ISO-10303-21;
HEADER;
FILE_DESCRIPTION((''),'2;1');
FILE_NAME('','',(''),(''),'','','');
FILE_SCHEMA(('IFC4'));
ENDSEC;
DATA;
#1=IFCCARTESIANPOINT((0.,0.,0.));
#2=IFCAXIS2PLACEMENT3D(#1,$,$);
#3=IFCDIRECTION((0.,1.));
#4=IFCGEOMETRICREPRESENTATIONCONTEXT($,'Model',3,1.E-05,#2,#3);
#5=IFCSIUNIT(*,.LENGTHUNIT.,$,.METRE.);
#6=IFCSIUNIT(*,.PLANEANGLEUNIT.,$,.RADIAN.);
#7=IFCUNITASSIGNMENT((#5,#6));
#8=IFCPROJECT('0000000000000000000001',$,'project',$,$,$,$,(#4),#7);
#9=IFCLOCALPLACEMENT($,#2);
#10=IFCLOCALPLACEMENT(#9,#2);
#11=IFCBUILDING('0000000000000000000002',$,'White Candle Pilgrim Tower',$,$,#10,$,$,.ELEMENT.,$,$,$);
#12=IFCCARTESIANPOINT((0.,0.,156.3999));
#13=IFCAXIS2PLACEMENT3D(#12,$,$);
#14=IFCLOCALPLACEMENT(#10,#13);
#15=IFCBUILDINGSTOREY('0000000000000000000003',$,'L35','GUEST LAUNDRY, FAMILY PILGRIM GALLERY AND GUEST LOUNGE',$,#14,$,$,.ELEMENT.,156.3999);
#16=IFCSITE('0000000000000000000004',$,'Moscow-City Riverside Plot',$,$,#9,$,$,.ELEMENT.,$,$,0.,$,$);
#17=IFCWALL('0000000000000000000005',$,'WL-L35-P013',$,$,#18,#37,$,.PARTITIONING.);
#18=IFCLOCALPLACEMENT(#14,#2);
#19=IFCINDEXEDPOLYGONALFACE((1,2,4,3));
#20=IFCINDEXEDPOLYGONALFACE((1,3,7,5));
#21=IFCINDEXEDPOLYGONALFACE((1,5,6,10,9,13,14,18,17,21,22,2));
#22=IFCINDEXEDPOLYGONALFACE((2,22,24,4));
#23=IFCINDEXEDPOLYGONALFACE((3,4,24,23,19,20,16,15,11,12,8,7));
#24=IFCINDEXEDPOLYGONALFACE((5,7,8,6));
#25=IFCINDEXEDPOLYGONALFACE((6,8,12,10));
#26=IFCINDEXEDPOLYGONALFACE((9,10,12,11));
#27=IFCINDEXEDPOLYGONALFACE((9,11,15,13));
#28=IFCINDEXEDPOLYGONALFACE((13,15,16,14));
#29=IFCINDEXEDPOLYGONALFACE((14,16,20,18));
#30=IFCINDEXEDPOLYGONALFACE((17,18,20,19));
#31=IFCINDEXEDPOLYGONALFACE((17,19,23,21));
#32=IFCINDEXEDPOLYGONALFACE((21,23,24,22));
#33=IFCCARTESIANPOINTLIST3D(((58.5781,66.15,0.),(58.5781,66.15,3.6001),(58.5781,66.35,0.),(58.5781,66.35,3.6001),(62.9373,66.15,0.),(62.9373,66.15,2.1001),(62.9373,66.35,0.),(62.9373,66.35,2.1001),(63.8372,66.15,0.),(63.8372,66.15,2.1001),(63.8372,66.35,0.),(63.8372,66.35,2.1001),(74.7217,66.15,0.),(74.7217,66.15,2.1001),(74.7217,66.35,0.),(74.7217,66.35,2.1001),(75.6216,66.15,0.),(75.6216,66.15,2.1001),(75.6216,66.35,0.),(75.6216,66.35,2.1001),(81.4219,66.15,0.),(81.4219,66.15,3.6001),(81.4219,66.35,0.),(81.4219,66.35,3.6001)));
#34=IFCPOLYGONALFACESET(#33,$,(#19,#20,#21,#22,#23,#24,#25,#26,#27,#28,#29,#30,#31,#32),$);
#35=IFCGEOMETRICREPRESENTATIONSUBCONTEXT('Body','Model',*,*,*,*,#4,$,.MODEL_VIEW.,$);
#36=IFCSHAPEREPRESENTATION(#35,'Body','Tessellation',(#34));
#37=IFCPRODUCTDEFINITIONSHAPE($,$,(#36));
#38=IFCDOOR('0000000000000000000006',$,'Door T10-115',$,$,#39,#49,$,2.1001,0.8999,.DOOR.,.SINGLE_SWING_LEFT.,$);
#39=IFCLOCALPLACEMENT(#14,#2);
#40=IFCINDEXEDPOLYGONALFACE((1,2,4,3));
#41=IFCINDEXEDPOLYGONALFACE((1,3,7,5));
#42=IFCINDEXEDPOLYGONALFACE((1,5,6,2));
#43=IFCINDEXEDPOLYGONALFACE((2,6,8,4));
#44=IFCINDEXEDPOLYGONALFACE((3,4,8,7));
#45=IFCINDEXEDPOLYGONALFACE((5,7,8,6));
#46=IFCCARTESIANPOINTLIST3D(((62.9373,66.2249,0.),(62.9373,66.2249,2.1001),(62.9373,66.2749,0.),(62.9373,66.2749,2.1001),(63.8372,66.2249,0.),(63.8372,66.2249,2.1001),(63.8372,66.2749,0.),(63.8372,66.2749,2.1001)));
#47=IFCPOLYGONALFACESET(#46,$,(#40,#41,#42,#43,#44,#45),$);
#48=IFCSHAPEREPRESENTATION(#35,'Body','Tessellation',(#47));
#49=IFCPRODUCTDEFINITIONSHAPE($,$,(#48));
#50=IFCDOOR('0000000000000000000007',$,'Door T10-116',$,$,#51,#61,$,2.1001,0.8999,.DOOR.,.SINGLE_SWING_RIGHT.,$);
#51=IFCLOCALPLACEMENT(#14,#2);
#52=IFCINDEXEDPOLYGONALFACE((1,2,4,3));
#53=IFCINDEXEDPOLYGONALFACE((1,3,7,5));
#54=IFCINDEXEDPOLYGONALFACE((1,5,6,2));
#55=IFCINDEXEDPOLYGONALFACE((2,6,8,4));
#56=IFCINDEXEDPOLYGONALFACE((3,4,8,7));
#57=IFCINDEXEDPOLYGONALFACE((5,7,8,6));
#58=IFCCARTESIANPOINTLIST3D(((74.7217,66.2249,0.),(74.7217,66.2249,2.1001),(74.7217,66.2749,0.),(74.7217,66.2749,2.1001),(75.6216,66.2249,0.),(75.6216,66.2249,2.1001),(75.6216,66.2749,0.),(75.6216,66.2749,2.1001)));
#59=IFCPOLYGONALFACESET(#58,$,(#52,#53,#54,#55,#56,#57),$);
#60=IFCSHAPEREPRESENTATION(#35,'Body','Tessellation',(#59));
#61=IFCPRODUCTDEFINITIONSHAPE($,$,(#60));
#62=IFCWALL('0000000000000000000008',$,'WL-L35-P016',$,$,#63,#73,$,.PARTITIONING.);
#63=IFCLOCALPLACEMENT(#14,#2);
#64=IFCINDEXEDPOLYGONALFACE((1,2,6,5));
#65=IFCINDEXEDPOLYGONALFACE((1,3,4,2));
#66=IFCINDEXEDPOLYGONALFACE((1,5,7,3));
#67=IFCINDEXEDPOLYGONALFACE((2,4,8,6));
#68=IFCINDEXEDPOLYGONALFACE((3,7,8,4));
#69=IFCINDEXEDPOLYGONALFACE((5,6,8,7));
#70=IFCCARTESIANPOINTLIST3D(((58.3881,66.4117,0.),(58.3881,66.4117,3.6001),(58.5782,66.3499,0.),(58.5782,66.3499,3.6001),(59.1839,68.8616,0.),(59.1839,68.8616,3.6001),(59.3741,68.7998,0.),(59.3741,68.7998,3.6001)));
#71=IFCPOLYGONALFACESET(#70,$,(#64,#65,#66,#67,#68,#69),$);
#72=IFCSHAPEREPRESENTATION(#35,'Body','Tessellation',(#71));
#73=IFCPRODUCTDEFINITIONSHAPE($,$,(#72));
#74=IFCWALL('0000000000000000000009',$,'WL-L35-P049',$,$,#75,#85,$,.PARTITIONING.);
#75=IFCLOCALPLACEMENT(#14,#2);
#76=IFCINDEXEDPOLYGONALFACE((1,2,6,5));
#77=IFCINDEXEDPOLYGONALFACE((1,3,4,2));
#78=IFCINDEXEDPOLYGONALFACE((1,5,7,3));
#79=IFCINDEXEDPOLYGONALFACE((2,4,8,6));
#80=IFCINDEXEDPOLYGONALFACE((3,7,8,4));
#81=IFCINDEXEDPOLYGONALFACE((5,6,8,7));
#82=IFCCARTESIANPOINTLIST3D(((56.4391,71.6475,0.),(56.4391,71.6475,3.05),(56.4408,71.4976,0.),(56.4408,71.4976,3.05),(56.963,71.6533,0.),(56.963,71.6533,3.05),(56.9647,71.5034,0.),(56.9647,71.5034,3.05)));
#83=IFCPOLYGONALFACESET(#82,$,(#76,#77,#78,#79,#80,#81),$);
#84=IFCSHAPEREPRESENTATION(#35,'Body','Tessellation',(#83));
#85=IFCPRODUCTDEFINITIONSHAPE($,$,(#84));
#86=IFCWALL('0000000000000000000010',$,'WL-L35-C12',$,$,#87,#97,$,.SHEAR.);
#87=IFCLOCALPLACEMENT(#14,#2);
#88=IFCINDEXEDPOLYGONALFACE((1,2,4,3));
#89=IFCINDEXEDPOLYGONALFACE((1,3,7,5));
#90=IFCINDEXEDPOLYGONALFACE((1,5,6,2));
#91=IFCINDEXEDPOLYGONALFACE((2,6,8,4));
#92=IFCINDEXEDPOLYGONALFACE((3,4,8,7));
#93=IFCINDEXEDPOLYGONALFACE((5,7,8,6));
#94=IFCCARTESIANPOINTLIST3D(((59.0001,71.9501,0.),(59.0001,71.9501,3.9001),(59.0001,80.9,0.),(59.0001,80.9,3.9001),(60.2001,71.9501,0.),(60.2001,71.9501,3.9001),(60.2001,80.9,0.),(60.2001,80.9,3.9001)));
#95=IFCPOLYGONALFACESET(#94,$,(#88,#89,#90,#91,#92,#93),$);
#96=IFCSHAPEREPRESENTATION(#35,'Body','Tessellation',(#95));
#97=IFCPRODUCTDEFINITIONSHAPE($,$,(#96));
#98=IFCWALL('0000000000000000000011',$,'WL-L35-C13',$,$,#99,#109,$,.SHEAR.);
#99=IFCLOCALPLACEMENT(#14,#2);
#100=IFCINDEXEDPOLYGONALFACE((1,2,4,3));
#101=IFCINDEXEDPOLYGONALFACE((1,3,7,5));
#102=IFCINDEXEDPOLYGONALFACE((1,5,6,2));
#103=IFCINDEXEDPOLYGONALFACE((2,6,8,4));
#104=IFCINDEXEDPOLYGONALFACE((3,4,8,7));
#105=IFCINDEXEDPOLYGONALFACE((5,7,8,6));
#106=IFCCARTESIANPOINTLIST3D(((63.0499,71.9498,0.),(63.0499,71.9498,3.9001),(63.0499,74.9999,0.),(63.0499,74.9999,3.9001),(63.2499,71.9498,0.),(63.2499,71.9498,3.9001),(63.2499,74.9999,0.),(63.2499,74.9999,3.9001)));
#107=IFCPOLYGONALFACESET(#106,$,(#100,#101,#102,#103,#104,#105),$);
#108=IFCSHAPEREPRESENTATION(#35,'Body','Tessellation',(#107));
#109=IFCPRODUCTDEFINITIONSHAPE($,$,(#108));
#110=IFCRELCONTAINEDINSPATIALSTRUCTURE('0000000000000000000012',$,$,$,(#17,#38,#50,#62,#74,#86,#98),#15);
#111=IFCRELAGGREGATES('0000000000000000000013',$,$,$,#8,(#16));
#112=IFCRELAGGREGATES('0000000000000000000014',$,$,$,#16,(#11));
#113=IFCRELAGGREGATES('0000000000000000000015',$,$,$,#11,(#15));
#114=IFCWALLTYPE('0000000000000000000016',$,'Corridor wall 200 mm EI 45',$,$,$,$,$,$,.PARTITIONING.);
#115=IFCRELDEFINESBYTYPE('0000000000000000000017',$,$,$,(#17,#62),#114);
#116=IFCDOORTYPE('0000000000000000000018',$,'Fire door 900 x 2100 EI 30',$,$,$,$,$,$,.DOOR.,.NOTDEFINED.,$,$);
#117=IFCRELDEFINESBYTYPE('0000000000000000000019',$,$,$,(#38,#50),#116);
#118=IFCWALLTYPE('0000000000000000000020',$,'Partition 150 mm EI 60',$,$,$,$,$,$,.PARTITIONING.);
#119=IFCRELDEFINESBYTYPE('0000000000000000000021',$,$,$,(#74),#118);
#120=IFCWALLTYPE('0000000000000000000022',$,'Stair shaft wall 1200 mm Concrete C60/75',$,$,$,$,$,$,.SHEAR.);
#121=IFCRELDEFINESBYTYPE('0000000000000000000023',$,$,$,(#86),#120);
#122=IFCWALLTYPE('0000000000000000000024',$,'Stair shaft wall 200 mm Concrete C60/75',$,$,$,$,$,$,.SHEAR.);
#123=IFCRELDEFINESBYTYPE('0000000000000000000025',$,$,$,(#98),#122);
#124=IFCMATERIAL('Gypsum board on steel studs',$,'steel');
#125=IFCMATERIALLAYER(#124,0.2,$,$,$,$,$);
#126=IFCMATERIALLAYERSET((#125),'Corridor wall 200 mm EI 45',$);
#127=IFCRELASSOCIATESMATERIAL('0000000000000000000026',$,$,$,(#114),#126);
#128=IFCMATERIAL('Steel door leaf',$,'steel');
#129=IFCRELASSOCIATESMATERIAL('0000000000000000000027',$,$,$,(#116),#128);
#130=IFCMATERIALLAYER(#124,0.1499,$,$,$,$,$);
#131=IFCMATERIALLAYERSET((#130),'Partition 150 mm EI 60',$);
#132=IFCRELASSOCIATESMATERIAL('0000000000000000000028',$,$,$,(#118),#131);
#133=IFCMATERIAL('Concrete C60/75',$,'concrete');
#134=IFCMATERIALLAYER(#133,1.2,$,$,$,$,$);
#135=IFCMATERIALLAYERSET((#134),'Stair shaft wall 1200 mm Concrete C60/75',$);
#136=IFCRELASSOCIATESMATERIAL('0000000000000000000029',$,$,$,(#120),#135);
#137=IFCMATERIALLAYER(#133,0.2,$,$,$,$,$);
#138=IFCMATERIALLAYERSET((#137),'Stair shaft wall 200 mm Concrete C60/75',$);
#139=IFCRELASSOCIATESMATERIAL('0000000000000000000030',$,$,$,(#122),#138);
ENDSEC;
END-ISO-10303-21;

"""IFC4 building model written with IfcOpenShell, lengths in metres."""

from ifc_helpers import new_model, si_unit, direction, frame, frame_2d, origin, place, context, subcontext, project, spatial, rectangle, extrude, material, layer, layer_set, type_object, element, fill, save


model = new_model("IFC4")

# Units and contexts
model_context = context("Model", 3, precision=1e-05, world=origin(), true_north=direction((0.0, 1.0)))
body_context = subcontext(model_context, "Body", "Model", "MODEL_VIEW")
ifc_project = project(units=[si_unit("LENGTHUNIT", "METRE"), si_unit("PLANEANGLEUNIT", "RADIAN")], contexts=[model_context])

# Site, building, storey
site_placement = place(None, origin())
site = spatial("IfcSite", under=ifc_project, at=site_placement, Name="Moscow-City Riverside Plot", CompositionType="ELEMENT", RefElevation=0.0)
building_placement = place(site_placement, origin())
building = spatial("IfcBuilding", under=site, at=building_placement, Name="White Candle Pilgrim Tower", CompositionType="ELEMENT")
storey_placement = place(building_placement, frame((0.0, 0.0, 156.3999)))
storey = spatial("IfcBuildingStorey", under=building, at=storey_placement, Name="L35", Description="GUEST LAUNDRY, FAMILY PILGRIM GALLERY AND GUEST LOUNGE", CompositionType="ELEMENT", Elevation=156.3999)

# Wall, openings, doors
ifc_material_1 = material(Name="Gypsum board on steel studs", Category="steel")
ifc_layer_1 = layer(ifc_material_1, 0.2)
ifc_layer_set_1 = layer_set([ifc_layer_1], Name="Corridor wall 200 mm EI 45")
wall_type_1 = type_object("IfcWallType", Name="Corridor wall 200 mm EI 45", PredefinedType="PARTITIONING", material=ifc_layer_set_1)
ifc_material_2 = material(Name="Steel door leaf", Category="steel")
door_type_1 = type_object("IfcDoorType", Name="Fire door 900 x 2100 EI 30", OperationType="NOTDEFINED", PredefinedType="DOOR", material=ifc_material_2)
wall_1_placement = place(storey_placement, frame((58.5781, 66.25, 0.0), z_axis=(0.0, 0.0, 1.0), x_axis=(1.0, 0.0, 0.0)))
wall_1 = element("IfcWall", 1, at=wall_1_placement, inside=storey, type_object=wall_type_1, Name="WL-L35-P013", PredefinedType="PARTITIONING", context=body_context, shape_type="SweptSolid", body=[
    extrude(rectangle(XDim=22.8438, YDim=0.2, at=frame_2d((11.4219, 0.0))), origin(), (0.0, 0.0, 1.0), 3.6001),
])
opening_1_placement = place(wall_1_placement, frame((4.3591, 0.0, 0.0)))
opening_1 = element("IfcOpeningElement", 2, at=opening_1_placement, cuts=wall_1, PredefinedType="OPENING", context=body_context, shape_type="SweptSolid", body=[
    extrude(rectangle(XDim=0.8999, YDim=2.1001, at=frame_2d((0.45, 1.05))), frame((0.0, 0.1099, 0.0), z_axis=(0.0, -1.0, 0.0), x_axis=(1.0, 0.0, 0.0)), (0.0, 0.0, 1.0), 0.22),
])
opening_2_placement = place(wall_1_placement, frame((16.1436, 0.0, 0.0)))
opening_2 = element("IfcOpeningElement", 3, at=opening_2_placement, cuts=wall_1, PredefinedType="OPENING", context=body_context, shape_type="SweptSolid", body=[
    extrude(rectangle(XDim=0.8999, YDim=2.1001, at=frame_2d((0.45, 1.05))), frame((0.0, 0.1099, 0.0), z_axis=(0.0, -1.0, 0.0), x_axis=(1.0, 0.0, 0.0)), (0.0, 0.0, 1.0), 0.22),
])
door_1_placement = place(opening_1_placement, origin())
door_1 = element("IfcDoor", 4, at=door_1_placement, inside=storey, type_object=door_type_1, Name="Door T10-115", OperationType="SINGLE_SWING_LEFT", OverallHeight=2.1001, OverallWidth=0.8999, PredefinedType="DOOR", context=body_context, shape_type="SweptSolid", body=[
    extrude(rectangle(XDim=0.8999, YDim=2.1001, at=frame_2d((0.45, 1.05))), frame((0.0, 0.0249, 0.0), z_axis=(0.0, -1.0, 0.0), x_axis=(1.0, 0.0, 0.0)), (0.0, 0.0, 1.0), 0.05),
])
fill(opening_1, door_1)
door_2_placement = place(opening_2_placement, origin())
door_2 = element("IfcDoor", 5, at=door_2_placement, inside=storey, type_object=door_type_1, Name="Door T10-116", OperationType="SINGLE_SWING_RIGHT", OverallHeight=2.1001, OverallWidth=0.8999, PredefinedType="DOOR", context=body_context, shape_type="SweptSolid", body=[
    extrude(rectangle(XDim=0.8999, YDim=2.1001, at=frame_2d((0.45, 1.05))), frame((0.0, 0.0249, 0.0), z_axis=(0.0, -1.0, 0.0), x_axis=(1.0, 0.0, 0.0)), (0.0, 0.0, 1.0), 0.05),
])
fill(opening_2, door_2)

# Walls
wall_2_placement = place(storey_placement, frame((59.2791, 68.8308, 0.0), z_axis=(0.0, 0.0, 1.0), x_axis=(-0.308968, -0.951072, 0.0)))
element("IfcWall", 6, at=wall_2_placement, inside=storey, type_object=wall_type_1, Name="WL-L35-P016", PredefinedType="PARTITIONING", context=body_context, shape_type="SweptSolid", body=[
    extrude(rectangle(XDim=2.5759, YDim=0.2, at=frame_2d((1.2881, 0.0))), origin(), (0.0, 0.0, 1.0), 3.6001),
])
ifc_layer_2 = layer(ifc_material_1, 0.1499)
ifc_layer_set_2 = layer_set([ifc_layer_2], Name="Partition 150 mm EI 60")
wall_type_2 = type_object("IfcWallType", Name="Partition 150 mm EI 60", PredefinedType="PARTITIONING", material=ifc_layer_set_2)
wall_3_placement = place(storey_placement, frame((56.4399, 71.5725, 0.0), z_axis=(0.0, 0.0, 1.0), x_axis=(0.999937, 0.011183, 0.0)))
element("IfcWall", 7, at=wall_3_placement, inside=storey, type_object=wall_type_2, Name="WL-L35-P049", PredefinedType="PARTITIONING", context=body_context, shape_type="SweptSolid", body=[
    extrude(rectangle(XDim=0.5239, YDim=0.1499, at=frame_2d((0.262, 0.0))), origin(), (0.0, 0.0, 1.0), 3.05),
])
ifc_material_3 = material(Name="Concrete C60/75", Category="concrete")
ifc_layer_3 = layer(ifc_material_3, 1.2)
ifc_layer_set_3 = layer_set([ifc_layer_3], Name="Stair shaft wall 1200 mm Concrete C60/75")
wall_type_3 = type_object("IfcWallType", Name="Stair shaft wall 1200 mm Concrete C60/75", PredefinedType="SHEAR", material=ifc_layer_set_3)
wall_4_placement = place(storey_placement, frame((59.6001, 71.95, 0.0), z_axis=(0.0, 0.0, 1.0), x_axis=(0.0, 1.0, 0.0)))
element("IfcWall", 8, at=wall_4_placement, inside=storey, type_object=wall_type_3, Name="WL-L35-C12", PredefinedType="SHEAR", context=body_context, shape_type="SweptSolid", body=[
    extrude(rectangle(XDim=8.95, YDim=1.2, at=frame_2d((4.4751, 0.0))), origin(), (0.0, 0.0, 1.0), 3.9001),
])
ifc_layer_4 = layer(ifc_material_3, 0.2)
ifc_layer_set_4 = layer_set([ifc_layer_4], Name="Stair shaft wall 200 mm Concrete C60/75")
wall_type_4 = type_object("IfcWallType", Name="Stair shaft wall 200 mm Concrete C60/75", PredefinedType="SHEAR", material=ifc_layer_set_4)
wall_5_placement = place(storey_placement, frame((63.1499, 71.95, 0.0), z_axis=(0.0, 0.0, 1.0), x_axis=(0.0, 1.0, 0.0)))
element("IfcWall", 9, at=wall_5_placement, inside=storey, type_object=wall_type_4, Name="WL-L35-C13", PredefinedType="SHEAR", context=body_context, shape_type="SweptSolid", body=[
    extrude(rectangle(XDim=3.05, YDim=0.2, at=frame_2d((1.5249, 0.0))), origin(), (0.0, 0.0, 1.0), 3.9001),
])

save(model, "model.ifc")
